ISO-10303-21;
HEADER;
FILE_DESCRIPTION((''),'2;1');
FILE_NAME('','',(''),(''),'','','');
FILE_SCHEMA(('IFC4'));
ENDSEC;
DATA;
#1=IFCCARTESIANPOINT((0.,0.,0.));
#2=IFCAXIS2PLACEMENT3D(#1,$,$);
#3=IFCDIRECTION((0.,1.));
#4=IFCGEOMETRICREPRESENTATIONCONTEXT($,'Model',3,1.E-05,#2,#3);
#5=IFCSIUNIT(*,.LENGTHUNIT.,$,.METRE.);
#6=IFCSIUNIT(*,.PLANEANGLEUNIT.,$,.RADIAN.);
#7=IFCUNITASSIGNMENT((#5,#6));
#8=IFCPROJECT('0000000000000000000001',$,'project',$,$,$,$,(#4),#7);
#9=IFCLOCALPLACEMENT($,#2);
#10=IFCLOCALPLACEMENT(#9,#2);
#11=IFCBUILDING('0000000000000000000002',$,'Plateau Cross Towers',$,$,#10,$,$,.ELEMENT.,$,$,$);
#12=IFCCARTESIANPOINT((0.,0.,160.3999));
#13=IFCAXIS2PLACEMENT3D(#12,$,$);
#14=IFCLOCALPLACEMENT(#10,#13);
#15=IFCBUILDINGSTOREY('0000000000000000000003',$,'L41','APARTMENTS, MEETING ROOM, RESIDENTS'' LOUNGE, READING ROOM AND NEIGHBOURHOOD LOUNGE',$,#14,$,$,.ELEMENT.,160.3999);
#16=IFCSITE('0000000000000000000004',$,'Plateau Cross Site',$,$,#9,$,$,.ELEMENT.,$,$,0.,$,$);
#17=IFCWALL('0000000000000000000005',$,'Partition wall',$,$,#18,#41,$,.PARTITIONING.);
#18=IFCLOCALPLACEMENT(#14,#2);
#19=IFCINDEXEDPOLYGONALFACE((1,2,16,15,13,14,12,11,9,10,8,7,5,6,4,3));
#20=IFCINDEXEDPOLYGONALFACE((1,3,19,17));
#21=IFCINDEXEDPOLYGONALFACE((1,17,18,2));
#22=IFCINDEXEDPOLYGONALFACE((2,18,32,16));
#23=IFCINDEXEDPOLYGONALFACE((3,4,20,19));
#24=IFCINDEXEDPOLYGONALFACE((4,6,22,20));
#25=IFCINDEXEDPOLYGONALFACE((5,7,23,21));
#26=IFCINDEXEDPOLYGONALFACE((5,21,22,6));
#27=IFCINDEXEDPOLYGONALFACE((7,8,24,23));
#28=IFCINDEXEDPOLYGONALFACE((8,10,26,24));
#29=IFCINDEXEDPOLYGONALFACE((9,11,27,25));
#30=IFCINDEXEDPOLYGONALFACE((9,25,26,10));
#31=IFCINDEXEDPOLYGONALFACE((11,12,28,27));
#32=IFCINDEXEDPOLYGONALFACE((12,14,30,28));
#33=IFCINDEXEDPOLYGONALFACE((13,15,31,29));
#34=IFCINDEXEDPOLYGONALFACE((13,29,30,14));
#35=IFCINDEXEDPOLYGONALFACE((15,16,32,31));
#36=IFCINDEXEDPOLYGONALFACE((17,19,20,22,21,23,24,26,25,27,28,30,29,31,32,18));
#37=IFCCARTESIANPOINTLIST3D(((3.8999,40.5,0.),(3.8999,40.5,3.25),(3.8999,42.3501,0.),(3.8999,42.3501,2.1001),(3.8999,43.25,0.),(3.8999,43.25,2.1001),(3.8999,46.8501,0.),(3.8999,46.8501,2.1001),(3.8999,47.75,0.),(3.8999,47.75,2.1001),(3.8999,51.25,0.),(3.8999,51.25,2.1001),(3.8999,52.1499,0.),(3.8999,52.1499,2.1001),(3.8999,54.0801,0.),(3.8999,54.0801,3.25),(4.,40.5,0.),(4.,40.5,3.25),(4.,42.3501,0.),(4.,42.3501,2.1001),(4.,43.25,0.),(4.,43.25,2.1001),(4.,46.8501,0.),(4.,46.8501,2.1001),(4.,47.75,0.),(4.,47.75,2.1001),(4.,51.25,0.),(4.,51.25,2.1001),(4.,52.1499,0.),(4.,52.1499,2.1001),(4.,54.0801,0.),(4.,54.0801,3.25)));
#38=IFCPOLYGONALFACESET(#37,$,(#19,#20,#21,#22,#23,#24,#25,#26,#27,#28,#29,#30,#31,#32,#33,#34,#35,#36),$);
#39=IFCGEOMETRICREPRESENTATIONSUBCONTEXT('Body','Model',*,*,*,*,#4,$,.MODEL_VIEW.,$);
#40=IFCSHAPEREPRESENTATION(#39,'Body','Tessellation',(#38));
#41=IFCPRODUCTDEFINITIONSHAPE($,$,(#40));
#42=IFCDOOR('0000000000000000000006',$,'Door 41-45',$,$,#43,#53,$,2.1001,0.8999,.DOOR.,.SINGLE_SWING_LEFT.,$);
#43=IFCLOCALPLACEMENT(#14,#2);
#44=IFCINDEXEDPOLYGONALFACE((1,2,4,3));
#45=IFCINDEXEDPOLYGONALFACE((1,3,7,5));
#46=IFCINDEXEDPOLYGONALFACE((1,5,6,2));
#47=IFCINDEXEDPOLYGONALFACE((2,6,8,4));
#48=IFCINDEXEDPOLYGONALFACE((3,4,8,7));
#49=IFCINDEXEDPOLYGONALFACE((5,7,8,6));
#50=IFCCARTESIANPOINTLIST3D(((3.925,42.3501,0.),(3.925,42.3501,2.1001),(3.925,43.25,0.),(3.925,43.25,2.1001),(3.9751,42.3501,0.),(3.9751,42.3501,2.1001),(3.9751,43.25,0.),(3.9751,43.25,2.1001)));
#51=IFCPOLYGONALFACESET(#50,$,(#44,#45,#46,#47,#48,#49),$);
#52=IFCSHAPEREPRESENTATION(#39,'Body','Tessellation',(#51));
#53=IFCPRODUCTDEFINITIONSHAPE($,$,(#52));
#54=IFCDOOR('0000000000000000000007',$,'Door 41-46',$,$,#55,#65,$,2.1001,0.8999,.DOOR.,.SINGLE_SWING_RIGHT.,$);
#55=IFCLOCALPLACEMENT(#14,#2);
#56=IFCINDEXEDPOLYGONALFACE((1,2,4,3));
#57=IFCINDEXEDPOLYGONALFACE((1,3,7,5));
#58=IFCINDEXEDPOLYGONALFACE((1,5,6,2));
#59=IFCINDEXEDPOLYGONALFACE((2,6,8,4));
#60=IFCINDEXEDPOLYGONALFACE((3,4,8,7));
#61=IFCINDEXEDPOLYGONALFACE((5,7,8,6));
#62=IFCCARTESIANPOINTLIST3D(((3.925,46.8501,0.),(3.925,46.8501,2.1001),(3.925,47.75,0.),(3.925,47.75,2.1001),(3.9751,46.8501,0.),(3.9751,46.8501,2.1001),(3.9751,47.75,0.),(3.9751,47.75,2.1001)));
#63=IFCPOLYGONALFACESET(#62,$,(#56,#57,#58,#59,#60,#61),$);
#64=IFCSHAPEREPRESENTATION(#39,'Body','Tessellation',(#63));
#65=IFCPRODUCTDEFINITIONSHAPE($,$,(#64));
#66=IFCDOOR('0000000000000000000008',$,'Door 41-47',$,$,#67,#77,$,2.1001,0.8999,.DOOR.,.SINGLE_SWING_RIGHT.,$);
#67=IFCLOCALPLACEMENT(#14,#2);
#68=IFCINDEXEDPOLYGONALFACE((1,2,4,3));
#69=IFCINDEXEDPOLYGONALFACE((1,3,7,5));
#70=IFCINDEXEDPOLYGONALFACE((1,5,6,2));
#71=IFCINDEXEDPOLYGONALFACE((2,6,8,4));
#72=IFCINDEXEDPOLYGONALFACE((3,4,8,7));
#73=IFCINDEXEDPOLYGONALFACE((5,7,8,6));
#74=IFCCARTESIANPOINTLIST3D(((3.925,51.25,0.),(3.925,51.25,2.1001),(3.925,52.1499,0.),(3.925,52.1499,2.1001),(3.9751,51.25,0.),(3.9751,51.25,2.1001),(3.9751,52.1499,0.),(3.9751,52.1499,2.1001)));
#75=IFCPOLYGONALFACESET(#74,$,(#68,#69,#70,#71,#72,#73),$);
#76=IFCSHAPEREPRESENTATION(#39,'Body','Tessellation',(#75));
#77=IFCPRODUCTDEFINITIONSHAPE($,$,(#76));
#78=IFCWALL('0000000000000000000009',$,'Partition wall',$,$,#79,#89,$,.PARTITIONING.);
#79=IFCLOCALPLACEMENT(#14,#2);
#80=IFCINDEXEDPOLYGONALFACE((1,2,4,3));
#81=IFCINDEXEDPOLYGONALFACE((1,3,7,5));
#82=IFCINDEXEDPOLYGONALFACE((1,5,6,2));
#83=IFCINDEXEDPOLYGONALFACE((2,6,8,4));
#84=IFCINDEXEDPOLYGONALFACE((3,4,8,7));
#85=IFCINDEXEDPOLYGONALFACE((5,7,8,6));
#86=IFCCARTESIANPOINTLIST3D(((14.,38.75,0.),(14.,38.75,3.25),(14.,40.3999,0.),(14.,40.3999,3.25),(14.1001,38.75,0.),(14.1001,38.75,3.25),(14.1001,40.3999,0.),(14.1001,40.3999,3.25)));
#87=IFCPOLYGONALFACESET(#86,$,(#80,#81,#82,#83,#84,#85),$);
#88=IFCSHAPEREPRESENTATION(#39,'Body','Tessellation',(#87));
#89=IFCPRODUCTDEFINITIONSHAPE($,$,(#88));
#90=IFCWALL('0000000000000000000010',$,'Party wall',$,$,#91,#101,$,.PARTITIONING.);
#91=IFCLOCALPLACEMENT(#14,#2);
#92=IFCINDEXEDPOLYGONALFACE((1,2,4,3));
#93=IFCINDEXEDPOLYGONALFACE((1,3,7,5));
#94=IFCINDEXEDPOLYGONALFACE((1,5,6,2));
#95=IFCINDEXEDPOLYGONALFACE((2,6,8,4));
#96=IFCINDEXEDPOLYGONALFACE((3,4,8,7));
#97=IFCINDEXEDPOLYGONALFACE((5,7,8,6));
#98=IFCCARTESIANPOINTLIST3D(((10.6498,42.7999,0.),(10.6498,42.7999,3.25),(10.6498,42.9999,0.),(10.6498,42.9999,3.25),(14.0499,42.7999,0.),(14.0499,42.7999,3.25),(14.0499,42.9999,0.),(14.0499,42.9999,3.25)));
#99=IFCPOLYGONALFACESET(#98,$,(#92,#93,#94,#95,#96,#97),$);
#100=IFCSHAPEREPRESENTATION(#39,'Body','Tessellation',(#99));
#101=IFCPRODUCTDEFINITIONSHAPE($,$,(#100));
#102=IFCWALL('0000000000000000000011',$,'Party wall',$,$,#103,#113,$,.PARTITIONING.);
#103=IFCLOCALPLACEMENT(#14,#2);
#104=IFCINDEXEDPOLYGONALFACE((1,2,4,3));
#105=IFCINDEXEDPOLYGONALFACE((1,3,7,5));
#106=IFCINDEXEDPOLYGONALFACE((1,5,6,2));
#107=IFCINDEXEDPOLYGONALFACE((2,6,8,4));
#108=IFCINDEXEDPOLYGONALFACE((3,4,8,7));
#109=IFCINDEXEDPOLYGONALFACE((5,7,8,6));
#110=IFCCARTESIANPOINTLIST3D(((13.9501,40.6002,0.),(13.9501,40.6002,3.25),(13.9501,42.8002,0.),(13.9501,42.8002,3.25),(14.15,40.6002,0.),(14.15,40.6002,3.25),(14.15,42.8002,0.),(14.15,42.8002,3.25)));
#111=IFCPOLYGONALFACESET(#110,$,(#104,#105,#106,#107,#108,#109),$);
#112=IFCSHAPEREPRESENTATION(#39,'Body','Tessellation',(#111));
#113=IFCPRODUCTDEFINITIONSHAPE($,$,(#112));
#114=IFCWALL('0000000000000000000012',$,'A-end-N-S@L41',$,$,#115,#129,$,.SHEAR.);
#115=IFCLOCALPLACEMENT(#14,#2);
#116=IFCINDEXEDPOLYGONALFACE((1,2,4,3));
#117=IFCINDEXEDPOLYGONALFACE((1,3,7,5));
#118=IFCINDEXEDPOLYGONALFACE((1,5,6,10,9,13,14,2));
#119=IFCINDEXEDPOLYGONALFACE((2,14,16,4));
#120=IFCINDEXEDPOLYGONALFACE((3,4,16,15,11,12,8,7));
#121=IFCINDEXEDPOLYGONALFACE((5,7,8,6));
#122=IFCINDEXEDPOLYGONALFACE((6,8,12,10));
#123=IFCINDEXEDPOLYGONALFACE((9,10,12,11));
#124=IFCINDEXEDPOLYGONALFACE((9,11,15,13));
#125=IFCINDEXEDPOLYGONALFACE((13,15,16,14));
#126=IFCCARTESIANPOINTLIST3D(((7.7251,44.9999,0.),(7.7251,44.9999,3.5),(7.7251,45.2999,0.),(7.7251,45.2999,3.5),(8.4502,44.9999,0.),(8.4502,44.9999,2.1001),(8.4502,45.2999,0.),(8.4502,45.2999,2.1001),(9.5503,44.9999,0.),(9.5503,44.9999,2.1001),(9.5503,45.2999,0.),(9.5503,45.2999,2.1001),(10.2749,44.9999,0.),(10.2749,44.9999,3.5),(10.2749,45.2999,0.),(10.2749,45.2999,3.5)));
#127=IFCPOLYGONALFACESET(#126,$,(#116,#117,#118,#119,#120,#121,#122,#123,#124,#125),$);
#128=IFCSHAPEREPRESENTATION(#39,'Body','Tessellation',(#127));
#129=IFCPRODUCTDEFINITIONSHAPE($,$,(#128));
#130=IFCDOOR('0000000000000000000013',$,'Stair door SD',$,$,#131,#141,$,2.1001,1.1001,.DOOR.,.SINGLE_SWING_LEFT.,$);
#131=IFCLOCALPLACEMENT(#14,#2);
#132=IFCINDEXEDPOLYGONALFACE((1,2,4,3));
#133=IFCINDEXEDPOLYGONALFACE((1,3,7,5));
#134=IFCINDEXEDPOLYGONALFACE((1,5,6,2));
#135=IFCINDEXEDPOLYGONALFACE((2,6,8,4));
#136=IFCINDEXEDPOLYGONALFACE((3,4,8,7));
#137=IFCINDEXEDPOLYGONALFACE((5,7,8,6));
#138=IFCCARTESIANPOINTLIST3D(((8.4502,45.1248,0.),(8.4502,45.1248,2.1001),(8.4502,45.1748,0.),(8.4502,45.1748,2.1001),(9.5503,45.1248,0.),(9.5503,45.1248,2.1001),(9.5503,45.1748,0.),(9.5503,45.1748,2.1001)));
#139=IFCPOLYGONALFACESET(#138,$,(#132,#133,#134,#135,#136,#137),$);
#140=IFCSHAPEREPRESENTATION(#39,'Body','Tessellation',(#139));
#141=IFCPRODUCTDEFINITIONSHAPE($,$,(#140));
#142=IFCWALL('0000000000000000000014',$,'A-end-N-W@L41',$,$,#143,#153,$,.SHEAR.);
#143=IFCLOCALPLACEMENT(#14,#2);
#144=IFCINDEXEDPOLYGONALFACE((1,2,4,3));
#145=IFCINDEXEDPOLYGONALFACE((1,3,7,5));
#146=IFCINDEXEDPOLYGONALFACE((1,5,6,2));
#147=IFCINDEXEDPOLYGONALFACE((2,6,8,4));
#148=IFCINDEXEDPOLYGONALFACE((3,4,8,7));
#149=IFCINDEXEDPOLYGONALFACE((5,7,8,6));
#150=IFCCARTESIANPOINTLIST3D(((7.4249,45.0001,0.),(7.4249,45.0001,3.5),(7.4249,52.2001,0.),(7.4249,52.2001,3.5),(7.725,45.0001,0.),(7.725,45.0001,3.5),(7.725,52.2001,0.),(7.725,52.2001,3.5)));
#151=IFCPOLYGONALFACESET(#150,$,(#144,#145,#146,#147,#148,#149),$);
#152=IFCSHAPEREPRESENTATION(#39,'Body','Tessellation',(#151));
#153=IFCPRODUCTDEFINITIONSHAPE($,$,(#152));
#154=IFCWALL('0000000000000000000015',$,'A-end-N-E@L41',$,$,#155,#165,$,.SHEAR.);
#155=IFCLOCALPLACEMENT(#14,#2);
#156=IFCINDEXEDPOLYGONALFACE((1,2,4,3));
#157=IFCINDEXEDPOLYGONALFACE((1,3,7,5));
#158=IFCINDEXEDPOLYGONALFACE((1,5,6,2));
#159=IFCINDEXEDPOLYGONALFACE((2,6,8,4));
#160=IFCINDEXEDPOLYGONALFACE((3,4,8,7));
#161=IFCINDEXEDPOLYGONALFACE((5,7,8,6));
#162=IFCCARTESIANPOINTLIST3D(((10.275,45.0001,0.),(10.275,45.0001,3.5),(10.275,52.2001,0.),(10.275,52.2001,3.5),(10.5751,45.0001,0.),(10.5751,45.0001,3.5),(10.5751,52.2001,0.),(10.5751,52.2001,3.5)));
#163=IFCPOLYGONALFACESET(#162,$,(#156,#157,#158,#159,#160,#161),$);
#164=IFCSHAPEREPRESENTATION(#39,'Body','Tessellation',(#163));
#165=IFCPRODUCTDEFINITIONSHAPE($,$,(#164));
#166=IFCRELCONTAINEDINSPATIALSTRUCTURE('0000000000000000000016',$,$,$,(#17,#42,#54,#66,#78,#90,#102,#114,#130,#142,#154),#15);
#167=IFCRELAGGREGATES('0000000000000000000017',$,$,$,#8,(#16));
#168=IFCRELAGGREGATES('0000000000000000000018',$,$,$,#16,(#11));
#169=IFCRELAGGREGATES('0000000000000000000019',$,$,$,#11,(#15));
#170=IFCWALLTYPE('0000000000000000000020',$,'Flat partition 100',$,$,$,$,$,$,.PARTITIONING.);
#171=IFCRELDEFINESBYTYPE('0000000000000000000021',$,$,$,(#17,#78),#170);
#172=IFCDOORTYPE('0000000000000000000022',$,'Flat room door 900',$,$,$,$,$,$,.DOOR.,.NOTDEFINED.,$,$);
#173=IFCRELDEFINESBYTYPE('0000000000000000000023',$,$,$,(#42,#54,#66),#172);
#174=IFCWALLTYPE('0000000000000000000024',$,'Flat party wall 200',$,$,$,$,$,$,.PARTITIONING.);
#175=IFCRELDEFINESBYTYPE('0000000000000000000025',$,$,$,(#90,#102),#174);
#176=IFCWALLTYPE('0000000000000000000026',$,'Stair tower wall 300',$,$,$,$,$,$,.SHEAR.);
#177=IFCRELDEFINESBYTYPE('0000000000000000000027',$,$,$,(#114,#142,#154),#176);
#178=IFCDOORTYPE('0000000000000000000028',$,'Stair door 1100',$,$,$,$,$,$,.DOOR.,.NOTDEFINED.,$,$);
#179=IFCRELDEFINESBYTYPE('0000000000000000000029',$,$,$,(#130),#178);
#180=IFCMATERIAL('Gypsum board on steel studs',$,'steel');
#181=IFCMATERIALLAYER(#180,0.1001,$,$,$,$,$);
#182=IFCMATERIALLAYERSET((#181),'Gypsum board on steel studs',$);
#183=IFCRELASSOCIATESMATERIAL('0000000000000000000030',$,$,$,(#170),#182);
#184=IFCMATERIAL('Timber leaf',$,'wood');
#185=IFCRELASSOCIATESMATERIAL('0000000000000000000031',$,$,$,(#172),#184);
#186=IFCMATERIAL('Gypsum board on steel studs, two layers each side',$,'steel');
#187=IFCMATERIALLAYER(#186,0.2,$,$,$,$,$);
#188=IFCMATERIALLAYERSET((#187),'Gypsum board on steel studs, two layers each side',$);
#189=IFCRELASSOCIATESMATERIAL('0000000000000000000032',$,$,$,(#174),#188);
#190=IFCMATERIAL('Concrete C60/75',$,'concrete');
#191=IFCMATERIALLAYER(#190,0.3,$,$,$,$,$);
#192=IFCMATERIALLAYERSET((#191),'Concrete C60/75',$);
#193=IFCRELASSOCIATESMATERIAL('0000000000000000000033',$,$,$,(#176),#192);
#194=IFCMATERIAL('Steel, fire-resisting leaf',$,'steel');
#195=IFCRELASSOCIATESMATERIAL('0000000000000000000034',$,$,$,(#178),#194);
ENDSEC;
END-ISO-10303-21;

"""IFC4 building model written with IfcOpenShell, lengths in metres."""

from ifc_helpers import new_model, si_unit, direction, frame, frame_2d, origin, place, context, subcontext, project, spatial, rectangle, extrude, material, layer, layer_set, type_object, element, fill, save


model = new_model("IFC4")

# Units and contexts
model_context = context("Model", 3, precision=1e-05, world=origin(), true_north=direction((0.0, 1.0)))
body_context = subcontext(model_context, "Body", "Model", "MODEL_VIEW")
ifc_project = project(units=[si_unit("LENGTHUNIT", "METRE"), si_unit("PLANEANGLEUNIT", "RADIAN")], contexts=[model_context])

# Site, building, storey
site_placement = place(None, origin())
site = spatial("IfcSite", under=ifc_project, at=site_placement, Name="Plateau Cross Site", CompositionType="ELEMENT", RefElevation=0.0)
building_placement = place(site_placement, origin())
building = spatial("IfcBuilding", under=site, at=building_placement, Name="Plateau Cross Towers", CompositionType="ELEMENT")
storey_placement = place(building_placement, frame((0.0, 0.0, 160.3999)))
storey = spatial("IfcBuildingStorey", under=building, at=storey_placement, Name="L41", Description="APARTMENTS, MEETING ROOM, RESIDENTS' LOUNGE, READING ROOM AND NEIGHBOURHOOD LOUNGE", CompositionType="ELEMENT", Elevation=160.3999)

# Shared definitions
ifc_material_1 = material(Name="Gypsum board on steel studs", Category="steel")
ifc_layer_1 = layer(ifc_material_1, 0.1001)
ifc_layer_set_1 = layer_set([ifc_layer_1], Name="Gypsum board on steel studs")
wall_type_1 = type_object("IfcWallType", Name="Flat partition 100", PredefinedType="PARTITIONING", material=ifc_layer_set_1)
ifc_material_2 = material(Name="Timber leaf", Category="wood")
door_type_1 = type_object("IfcDoorType", Name="Flat room door 900", OperationType="NOTDEFINED", PredefinedType="DOOR", material=ifc_material_2)

# Wall, openings, doors
wall_1_placement = place(storey_placement, frame((3.95, 40.5, 0.0), z_axis=(0.0, 0.0, 1.0), x_axis=(0.0, 1.0, 0.0)))
wall_1 = element("IfcWall", 1, at=wall_1_placement, inside=storey, type_object=wall_type_1, Name="Partition wall", PredefinedType="PARTITIONING", context=body_context, shape_type="SweptSolid", body=[
    extrude(rectangle(XDim=13.5801, YDim=0.1001, at=frame_2d((6.79, 0.0))), origin(), (0.0, 0.0, 1.0), 3.25),
])
opening_1_placement = place(wall_1_placement, frame((1.8501, 0.0, 0.0)))
opening_1 = element("IfcOpeningElement", 2, at=opening_1_placement, cuts=wall_1, PredefinedType="OPENING", context=body_context, shape_type="SweptSolid", body=[
    extrude(rectangle(XDim=0.8999, YDim=2.1001, at=frame_2d((0.45, 1.05))), frame((0.0, 0.0601, 0.0), z_axis=(0.0, -1.0, 0.0), x_axis=(1.0, 0.0, 0.0)), (0.0, 0.0, 1.0), 0.1201),
])
opening_2_placement = place(wall_1_placement, frame((6.3501, 0.0, 0.0)))
opening_2 = element("IfcOpeningElement", 3, at=opening_2_placement, cuts=wall_1, PredefinedType="OPENING", context=body_context, shape_type="SweptSolid", body=[
    extrude(rectangle(XDim=0.8999, YDim=2.1001, at=frame_2d((0.45, 1.05))), frame((0.0, 0.0601, 0.0), z_axis=(0.0, -1.0, 0.0), x_axis=(1.0, 0.0, 0.0)), (0.0, 0.0, 1.0), 0.1201),
])
opening_3_placement = place(wall_1_placement, frame((10.75, 0.0, 0.0)))
opening_3 = element("IfcOpeningElement", 4, at=opening_3_placement, cuts=wall_1, PredefinedType="OPENING", context=body_context, shape_type="SweptSolid", body=[
    extrude(rectangle(XDim=0.8999, YDim=2.1001, at=frame_2d((0.45, 1.05))), frame((0.0, 0.0601, 0.0), z_axis=(0.0, -1.0, 0.0), x_axis=(1.0, 0.0, 0.0)), (0.0, 0.0, 1.0), 0.1201),
])
door_1_placement = place(opening_1_placement, origin())
door_1 = element("IfcDoor", 5, at=door_1_placement, inside=storey, type_object=door_type_1, Name="Door 41-45", OperationType="SINGLE_SWING_LEFT", OverallHeight=2.1001, OverallWidth=0.8999, PredefinedType="DOOR", context=body_context, shape_type="SweptSolid", body=[
    extrude(rectangle(XDim=0.8999, YDim=2.1001, at=frame_2d((0.45, 1.05))), frame((0.0, 0.0249, 0.0), z_axis=(0.0, -1.0, 0.0), x_axis=(1.0, 0.0, 0.0)), (0.0, 0.0, 1.0), 0.05),
])
fill(opening_1, door_1)
door_2_placement = place(opening_2_placement, origin())
door_2 = element("IfcDoor", 6, at=door_2_placement, inside=storey, type_object=door_type_1, Name="Door 41-46", OperationType="SINGLE_SWING_RIGHT", OverallHeight=2.1001, OverallWidth=0.8999, PredefinedType="DOOR", context=body_context, shape_type="SweptSolid", body=[
    extrude(rectangle(XDim=0.8999, YDim=2.1001, at=frame_2d((0.45, 1.05))), frame((0.0, 0.0249, 0.0), z_axis=(0.0, -1.0, 0.0), x_axis=(1.0, 0.0, 0.0)), (0.0, 0.0, 1.0), 0.05),
])
fill(opening_2, door_2)
door_3_placement = place(opening_3_placement, origin())
door_3 = element("IfcDoor", 7, at=door_3_placement, inside=storey, type_object=door_type_1, Name="Door 41-47", OperationType="SINGLE_SWING_RIGHT", OverallHeight=2.1001, OverallWidth=0.8999, PredefinedType="DOOR", context=body_context, shape_type="SweptSolid", body=[
    extrude(rectangle(XDim=0.8999, YDim=2.1001, at=frame_2d((0.45, 1.05))), frame((0.0, 0.0249, 0.0), z_axis=(0.0, -1.0, 0.0), x_axis=(1.0, 0.0, 0.0)), (0.0, 0.0, 1.0), 0.05),
])
fill(opening_3, door_3)

# Walls
wall_2_placement = place(storey_placement, frame((14.05, 38.75, 0.0), z_axis=(0.0, 0.0, 1.0), x_axis=(0.0, 1.0, 0.0)))
element("IfcWall", 8, at=wall_2_placement, inside=storey, type_object=wall_type_1, Name="Partition wall", PredefinedType="PARTITIONING", context=body_context, shape_type="SweptSolid", body=[
    extrude(rectangle(XDim=1.6499, YDim=0.1001, at=frame_2d((0.825, 0.0))), origin(), (0.0, 0.0, 1.0), 3.25),
])
ifc_material_3 = material(Name="Gypsum board on steel studs, two layers each side", Category="steel")
ifc_layer_2 = layer(ifc_material_3, 0.2)
ifc_layer_set_2 = layer_set([ifc_layer_2], Name="Gypsum board on steel studs, two layers each side")
wall_type_2 = type_object("IfcWallType", Name="Flat party wall 200", PredefinedType="PARTITIONING", material=ifc_layer_set_2)
wall_3_placement = place(storey_placement, frame((14.05, 42.8999, 0.0), z_axis=(0.0, 0.0, 1.0), x_axis=(-1.0, 0.0, 0.0)))
element("IfcWall", 9, at=wall_3_placement, inside=storey, type_object=wall_type_2, Name="Party wall", PredefinedType="PARTITIONING", context=body_context, shape_type="SweptSolid", body=[
    extrude(rectangle(XDim=3.4001, YDim=0.2, at=frame_2d((1.7002, 0.0))), origin(), (0.0, 0.0, 1.0), 3.25),
])
wall_4_placement = place(storey_placement, frame((14.05, 40.6001, 0.0), z_axis=(0.0, 0.0, 1.0), x_axis=(0.0, 1.0, 0.0)))
element("IfcWall", 10, at=wall_4_placement, inside=storey, type_object=wall_type_2, Name="Party wall", PredefinedType="PARTITIONING", context=body_context, shape_type="SweptSolid", body=[
    extrude(rectangle(XDim=2.2, YDim=0.2, at=frame_2d((1.1001, 0.0))), origin(), (0.0, 0.0, 1.0), 3.25),
])

# Wall, opening, door
ifc_material_4 = material(Name="Concrete C60/75", Category="concrete")
ifc_layer_3 = layer(ifc_material_4, 0.3)
ifc_layer_set_3 = layer_set([ifc_layer_3], Name="Concrete C60/75")
wall_type_3 = type_object("IfcWallType", Name="Stair tower wall 300", PredefinedType="SHEAR", material=ifc_layer_set_3)
wall_5_placement = place(storey_placement, frame((7.7251, 45.1499, 0.0), z_axis=(0.0, 0.0, 1.0), x_axis=(1.0, 0.0, 0.0)))
wall_5 = element("IfcWall", 11, at=wall_5_placement, inside=storey, type_object=wall_type_3, Name="A-end-N-S@L41", PredefinedType="SHEAR", context=body_context, shape_type="SweptSolid", body=[
    extrude(rectangle(XDim=2.5498, YDim=0.3, at=frame_2d((1.2749, 0.0))), origin(), (0.0, 0.0, 1.0), 3.5),
])
opening_4_placement = place(wall_5_placement, frame((0.7251, 0.0, 0.0)))
opening_4 = element("IfcOpeningElement", 12, at=opening_4_placement, cuts=wall_5, PredefinedType="OPENING", context=body_context, shape_type="SweptSolid", body=[
    extrude(rectangle(XDim=1.1001, YDim=2.1001, at=frame_2d((0.55, 1.05))), frame((0.0, 0.1599, 0.0), z_axis=(0.0, -1.0, 0.0), x_axis=(1.0, 0.0, 0.0)), (0.0, 0.0, 1.0), 0.3201),
])
ifc_material_5 = material(Name="Steel, fire-resisting leaf", Category="steel")
door_type_2 = type_object("IfcDoorType", Name="Stair door 1100", OperationType="NOTDEFINED", PredefinedType="DOOR", material=ifc_material_5)
door_4_placement = place(opening_4_placement, origin())
door_4 = element("IfcDoor", 13, at=door_4_placement, inside=storey, type_object=door_type_2, Name="Stair door SD", OperationType="SINGLE_SWING_LEFT", OverallHeight=2.1001, OverallWidth=1.1001, PredefinedType="DOOR", context=body_context, shape_type="SweptSolid", body=[
    extrude(rectangle(XDim=1.1001, YDim=2.1001, at=frame_2d((0.55, 1.05))), frame((0.0, 0.0249, 0.0), z_axis=(0.0, -1.0, 0.0), x_axis=(1.0, 0.0, 0.0)), (0.0, 0.0, 1.0), 0.05),
])
fill(opening_4, door_4)

# Walls
for number, where, z_axis, x_axis, name in (
    (14, (7.575, 45.0, 0.0), (0.0, 0.0, 1.0), (0.0, 1.0, 0.0), "A-end-N-W@L41"),
    (15, (10.425, 45.0, 0.0), (0.0, 0.0, 1.0), (0.0, 1.0, 0.0), "A-end-N-E@L41"),
):
    element("IfcWall", number, at=place(storey_placement, frame(where, z_axis=z_axis, x_axis=x_axis)), inside=storey, type_object=wall_type_3, Name=name, PredefinedType="SHEAR", context=body_context, shape_type="SweptSolid", body=[
        extrude(rectangle(XDim=7.2, YDim=0.3, at=frame_2d((3.6001, 0.0))), origin(), (0.0, 0.0, 1.0), 3.5),
    ])

save(model, "model.ifc")
